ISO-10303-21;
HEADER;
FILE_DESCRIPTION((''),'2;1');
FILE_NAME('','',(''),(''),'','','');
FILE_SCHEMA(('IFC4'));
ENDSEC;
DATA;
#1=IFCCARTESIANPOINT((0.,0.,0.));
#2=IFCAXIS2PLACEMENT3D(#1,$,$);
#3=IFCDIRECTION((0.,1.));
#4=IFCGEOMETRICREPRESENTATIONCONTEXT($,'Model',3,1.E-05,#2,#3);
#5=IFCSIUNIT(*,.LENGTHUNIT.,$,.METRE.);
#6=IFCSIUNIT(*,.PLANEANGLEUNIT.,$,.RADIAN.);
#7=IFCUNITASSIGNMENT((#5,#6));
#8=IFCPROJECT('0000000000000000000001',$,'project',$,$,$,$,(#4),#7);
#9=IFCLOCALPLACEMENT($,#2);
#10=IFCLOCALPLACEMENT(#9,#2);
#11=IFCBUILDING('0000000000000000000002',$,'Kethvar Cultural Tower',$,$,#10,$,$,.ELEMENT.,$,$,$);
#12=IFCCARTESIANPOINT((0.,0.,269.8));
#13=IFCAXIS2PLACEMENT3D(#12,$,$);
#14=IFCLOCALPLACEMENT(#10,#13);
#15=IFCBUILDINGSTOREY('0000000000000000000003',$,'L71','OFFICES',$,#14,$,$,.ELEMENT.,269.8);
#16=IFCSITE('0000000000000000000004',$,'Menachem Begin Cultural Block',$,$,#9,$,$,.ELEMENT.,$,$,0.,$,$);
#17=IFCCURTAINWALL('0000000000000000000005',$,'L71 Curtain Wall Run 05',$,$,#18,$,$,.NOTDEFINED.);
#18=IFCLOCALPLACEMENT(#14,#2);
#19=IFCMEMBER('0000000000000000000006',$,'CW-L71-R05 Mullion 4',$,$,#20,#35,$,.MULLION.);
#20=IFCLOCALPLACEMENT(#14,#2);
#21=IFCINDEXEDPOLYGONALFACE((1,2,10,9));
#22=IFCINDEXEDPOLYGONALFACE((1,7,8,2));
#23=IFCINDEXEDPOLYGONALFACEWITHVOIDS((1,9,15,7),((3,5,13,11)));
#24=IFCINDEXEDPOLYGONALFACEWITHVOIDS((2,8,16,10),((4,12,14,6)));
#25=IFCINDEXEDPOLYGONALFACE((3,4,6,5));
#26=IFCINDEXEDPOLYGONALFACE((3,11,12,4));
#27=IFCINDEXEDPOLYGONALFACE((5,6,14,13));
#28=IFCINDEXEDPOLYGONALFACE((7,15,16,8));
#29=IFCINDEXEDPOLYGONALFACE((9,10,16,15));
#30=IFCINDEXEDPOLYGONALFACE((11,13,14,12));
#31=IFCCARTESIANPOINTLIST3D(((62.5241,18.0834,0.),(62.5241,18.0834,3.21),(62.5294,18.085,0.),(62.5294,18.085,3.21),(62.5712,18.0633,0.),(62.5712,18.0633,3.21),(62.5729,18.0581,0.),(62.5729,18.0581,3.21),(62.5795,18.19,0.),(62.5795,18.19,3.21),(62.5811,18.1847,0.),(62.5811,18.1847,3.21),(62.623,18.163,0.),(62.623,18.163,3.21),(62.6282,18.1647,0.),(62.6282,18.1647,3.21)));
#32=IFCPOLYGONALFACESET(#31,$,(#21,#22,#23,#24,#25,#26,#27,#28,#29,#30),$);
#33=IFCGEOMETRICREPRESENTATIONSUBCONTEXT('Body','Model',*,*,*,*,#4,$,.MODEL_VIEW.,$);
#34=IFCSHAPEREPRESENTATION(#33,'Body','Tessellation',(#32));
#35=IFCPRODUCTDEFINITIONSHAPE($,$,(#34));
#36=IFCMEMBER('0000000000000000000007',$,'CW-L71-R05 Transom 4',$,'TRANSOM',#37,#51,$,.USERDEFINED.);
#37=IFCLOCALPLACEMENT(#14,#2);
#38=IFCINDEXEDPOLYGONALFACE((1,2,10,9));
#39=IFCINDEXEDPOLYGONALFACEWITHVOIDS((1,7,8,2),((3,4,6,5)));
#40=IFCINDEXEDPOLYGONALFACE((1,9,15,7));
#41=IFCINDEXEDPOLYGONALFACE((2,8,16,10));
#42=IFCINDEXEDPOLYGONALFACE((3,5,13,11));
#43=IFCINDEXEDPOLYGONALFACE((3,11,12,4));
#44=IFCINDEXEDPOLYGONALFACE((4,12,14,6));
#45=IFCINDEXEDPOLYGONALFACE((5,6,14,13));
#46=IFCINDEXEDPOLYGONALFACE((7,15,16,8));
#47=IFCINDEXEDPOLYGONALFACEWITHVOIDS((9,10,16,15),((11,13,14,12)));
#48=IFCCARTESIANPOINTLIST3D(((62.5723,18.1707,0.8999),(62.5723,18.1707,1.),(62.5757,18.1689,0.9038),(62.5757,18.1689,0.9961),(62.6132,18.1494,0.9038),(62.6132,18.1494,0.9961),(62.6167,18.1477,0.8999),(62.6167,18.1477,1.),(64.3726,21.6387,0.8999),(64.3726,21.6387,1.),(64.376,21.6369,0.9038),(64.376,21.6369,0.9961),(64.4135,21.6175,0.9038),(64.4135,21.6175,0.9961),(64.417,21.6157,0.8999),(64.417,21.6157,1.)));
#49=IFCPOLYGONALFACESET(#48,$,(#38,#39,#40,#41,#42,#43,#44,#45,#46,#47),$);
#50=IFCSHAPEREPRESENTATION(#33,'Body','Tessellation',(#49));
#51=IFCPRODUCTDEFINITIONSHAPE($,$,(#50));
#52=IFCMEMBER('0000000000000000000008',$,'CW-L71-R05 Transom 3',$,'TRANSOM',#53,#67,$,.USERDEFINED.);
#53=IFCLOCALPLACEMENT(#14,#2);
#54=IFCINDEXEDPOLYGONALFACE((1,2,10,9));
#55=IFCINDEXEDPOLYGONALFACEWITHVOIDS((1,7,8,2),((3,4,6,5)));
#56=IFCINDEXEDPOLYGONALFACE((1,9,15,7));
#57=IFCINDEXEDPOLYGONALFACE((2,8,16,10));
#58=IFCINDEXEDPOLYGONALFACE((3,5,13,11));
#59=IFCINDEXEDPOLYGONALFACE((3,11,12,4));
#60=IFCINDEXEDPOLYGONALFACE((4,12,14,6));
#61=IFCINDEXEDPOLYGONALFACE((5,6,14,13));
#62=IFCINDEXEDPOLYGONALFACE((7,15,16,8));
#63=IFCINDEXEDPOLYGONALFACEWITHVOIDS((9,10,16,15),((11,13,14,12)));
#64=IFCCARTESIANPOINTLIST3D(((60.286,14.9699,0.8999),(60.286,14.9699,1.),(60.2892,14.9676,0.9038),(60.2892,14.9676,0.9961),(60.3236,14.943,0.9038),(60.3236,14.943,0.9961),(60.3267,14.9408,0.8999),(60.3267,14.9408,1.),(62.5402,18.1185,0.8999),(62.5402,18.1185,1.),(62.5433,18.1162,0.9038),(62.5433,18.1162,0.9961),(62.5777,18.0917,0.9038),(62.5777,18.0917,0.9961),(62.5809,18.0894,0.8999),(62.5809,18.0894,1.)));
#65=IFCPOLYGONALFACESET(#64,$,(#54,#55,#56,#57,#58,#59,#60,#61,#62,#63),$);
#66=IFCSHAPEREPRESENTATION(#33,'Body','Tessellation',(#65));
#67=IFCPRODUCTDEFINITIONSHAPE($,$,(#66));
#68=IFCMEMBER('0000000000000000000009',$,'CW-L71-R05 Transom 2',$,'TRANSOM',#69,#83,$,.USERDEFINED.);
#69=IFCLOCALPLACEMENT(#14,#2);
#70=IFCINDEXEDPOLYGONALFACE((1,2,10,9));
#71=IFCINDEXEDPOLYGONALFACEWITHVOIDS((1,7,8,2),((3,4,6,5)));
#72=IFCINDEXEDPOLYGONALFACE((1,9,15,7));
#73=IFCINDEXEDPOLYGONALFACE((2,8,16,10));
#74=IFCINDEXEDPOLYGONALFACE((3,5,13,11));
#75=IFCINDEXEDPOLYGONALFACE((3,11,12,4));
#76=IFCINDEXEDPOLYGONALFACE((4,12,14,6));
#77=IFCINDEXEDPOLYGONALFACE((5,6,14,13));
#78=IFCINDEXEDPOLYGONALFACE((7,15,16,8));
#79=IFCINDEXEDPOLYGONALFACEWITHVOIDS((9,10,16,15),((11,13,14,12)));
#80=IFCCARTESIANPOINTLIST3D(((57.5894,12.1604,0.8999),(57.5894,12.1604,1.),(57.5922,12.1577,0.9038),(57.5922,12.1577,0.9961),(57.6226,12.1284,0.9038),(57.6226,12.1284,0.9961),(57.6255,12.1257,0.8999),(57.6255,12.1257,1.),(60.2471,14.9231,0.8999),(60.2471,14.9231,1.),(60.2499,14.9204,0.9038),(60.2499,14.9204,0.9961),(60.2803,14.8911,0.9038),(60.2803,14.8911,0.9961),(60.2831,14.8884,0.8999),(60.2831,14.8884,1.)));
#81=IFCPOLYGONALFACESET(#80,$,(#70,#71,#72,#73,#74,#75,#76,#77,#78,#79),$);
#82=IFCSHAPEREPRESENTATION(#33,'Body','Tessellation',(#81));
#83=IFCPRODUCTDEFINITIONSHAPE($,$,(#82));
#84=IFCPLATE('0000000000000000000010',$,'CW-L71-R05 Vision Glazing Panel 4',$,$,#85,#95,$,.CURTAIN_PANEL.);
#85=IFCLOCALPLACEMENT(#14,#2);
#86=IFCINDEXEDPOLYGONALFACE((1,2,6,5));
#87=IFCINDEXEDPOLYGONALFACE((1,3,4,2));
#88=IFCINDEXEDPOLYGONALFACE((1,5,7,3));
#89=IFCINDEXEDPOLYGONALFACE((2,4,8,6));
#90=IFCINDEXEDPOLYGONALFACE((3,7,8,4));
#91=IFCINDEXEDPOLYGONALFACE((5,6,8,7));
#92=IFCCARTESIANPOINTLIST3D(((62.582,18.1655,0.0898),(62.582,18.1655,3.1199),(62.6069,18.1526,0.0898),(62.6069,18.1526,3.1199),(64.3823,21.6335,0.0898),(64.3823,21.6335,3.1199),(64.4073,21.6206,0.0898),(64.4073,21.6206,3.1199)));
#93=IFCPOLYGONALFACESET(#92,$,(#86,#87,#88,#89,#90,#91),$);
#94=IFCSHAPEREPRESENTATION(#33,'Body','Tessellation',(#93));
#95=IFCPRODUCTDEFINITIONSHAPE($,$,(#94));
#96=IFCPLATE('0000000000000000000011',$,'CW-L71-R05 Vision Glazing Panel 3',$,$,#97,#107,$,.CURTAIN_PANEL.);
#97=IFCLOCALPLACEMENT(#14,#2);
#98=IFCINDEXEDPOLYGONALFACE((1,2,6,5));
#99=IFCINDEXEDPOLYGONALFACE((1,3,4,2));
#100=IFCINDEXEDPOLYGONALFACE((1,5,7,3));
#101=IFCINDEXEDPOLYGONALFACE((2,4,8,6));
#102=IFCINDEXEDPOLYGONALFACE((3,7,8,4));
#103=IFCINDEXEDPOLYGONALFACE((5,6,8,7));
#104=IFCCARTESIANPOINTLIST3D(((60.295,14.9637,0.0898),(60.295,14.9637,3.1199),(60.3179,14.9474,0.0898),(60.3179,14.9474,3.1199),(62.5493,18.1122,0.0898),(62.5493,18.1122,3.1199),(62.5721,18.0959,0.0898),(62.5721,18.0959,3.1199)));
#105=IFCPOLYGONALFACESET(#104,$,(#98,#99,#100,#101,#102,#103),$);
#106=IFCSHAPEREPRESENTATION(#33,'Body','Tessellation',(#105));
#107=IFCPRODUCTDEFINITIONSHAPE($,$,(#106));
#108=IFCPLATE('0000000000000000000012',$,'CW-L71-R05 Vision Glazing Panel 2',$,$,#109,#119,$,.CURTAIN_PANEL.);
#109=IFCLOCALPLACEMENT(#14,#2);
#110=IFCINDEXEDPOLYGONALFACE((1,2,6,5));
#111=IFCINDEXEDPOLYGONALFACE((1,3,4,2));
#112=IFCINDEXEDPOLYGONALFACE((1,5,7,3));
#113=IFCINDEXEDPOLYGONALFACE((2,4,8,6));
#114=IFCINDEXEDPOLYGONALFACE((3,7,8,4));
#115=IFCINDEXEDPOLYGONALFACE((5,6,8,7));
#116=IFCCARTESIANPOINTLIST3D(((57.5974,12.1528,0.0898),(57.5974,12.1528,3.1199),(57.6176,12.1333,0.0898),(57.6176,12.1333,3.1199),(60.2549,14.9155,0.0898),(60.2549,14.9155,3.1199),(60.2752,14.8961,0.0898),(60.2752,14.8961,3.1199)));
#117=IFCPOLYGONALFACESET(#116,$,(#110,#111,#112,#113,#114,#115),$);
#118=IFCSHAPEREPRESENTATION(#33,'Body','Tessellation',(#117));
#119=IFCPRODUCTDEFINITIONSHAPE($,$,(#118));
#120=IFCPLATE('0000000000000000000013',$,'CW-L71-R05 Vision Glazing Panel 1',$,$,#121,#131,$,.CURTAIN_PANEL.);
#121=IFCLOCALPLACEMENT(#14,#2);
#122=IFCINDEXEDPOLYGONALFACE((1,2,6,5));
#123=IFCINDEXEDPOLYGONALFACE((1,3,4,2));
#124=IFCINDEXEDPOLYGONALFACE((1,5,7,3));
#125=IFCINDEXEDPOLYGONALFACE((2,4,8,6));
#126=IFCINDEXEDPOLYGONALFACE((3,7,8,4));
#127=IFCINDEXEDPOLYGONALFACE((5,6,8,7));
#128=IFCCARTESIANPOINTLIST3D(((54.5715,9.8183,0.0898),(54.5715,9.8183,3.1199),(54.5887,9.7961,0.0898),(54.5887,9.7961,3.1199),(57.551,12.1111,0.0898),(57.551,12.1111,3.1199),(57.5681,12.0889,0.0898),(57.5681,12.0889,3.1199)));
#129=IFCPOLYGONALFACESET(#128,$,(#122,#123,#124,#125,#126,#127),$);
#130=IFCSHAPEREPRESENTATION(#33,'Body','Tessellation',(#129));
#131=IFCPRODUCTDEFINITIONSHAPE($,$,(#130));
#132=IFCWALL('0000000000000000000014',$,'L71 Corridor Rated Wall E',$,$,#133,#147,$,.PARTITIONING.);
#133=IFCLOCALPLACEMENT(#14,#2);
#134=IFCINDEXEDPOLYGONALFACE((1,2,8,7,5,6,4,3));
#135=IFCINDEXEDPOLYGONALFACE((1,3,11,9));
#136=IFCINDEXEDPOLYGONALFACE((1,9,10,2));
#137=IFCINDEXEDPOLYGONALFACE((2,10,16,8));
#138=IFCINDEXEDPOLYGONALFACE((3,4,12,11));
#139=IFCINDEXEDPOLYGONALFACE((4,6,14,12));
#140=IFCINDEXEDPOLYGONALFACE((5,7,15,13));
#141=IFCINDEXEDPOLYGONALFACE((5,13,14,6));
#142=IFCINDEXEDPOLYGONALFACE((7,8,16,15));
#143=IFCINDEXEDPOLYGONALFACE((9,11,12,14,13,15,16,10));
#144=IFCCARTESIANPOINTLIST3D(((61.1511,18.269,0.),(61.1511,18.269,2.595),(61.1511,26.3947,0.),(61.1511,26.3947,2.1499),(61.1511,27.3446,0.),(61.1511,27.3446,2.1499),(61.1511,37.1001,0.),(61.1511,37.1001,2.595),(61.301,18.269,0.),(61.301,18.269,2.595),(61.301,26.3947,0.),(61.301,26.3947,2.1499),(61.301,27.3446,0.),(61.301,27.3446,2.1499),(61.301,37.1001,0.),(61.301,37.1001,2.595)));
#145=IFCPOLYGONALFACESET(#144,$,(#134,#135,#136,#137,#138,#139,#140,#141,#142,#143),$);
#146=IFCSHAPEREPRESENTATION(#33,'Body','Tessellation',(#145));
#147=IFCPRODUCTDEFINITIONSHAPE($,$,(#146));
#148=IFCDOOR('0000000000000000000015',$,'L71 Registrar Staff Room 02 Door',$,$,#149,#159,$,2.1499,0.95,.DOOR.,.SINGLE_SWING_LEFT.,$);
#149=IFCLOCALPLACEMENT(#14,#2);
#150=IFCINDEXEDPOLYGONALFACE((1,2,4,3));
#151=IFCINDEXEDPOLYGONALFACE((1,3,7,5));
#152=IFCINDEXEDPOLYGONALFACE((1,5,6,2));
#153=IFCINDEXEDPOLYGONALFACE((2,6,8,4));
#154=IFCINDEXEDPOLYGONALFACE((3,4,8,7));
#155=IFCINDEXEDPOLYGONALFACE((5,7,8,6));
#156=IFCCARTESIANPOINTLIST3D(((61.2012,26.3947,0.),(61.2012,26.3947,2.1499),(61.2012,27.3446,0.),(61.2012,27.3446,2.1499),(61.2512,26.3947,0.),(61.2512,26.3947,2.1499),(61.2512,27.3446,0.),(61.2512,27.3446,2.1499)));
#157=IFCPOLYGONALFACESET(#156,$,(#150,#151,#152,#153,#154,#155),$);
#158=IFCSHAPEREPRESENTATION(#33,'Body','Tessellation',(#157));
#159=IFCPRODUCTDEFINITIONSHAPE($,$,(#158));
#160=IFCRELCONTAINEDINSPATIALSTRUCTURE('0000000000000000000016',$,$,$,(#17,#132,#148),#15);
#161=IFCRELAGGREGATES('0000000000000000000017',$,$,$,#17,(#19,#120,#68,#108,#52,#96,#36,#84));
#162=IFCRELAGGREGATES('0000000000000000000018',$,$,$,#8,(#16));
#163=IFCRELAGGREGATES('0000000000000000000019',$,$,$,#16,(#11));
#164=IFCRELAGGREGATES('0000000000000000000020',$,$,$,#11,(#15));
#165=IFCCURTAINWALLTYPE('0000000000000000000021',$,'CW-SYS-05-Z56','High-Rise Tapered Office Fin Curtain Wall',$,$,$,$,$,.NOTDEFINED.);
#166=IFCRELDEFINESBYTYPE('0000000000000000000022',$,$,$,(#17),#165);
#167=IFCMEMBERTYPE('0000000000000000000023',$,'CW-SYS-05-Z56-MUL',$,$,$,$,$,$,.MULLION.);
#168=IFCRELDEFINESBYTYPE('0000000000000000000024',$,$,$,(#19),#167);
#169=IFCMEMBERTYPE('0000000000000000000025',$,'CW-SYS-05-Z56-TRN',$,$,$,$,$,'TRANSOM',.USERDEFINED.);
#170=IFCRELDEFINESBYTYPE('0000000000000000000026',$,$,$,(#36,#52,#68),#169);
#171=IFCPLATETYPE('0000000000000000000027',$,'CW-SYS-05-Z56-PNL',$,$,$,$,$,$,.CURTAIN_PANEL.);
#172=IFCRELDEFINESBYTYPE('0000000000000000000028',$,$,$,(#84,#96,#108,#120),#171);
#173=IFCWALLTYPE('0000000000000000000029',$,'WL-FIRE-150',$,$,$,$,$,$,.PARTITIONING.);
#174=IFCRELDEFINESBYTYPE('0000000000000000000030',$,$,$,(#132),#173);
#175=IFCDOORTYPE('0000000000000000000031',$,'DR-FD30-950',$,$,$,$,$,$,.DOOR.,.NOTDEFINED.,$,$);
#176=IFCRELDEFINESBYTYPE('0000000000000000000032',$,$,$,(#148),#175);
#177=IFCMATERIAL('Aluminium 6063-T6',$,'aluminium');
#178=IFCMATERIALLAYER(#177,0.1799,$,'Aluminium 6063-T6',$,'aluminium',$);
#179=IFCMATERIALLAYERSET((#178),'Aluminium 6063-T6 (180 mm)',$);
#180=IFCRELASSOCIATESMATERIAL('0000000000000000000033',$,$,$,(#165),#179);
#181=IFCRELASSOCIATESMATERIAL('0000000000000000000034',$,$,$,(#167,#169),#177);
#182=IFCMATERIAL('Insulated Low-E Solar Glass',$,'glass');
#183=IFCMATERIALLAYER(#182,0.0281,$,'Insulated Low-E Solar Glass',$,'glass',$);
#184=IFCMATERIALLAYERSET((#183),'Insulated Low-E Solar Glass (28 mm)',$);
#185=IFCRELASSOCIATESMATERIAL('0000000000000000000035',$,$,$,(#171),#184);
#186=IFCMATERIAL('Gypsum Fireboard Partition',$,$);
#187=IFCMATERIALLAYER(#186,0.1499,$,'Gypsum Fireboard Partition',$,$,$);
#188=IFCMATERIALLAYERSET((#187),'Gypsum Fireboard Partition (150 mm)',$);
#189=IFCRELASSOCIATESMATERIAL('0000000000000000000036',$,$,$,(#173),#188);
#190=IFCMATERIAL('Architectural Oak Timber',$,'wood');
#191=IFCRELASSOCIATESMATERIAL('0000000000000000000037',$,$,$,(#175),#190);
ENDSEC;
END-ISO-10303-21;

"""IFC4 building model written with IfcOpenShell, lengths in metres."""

from ifc_helpers import new_model, si_unit, direction, frame, frame_2d, origin, origin_2d, place, context, subcontext, project, spatial, rectangle, hollow_rectangle, extrude, source, transform, mapped, material, layer, layer_set, material_profile, profile_set, type_object, element, fill, aggregate, save


model = new_model("IFC4")

# Units and contexts
model_context = context("Model", 3, precision=1e-05, world=origin(), true_north=direction((0.0, 1.0)))
body_context = subcontext(model_context, "Body", "Model", "MODEL_VIEW")
ifc_project = project(units=[si_unit("LENGTHUNIT", "METRE"), si_unit("PLANEANGLEUNIT", "RADIAN")], contexts=[model_context])

# Site, building, storey
site_placement = place(None, origin())
site = spatial("IfcSite", under=ifc_project, at=site_placement, Name="Menachem Begin Cultural Block", CompositionType="ELEMENT", RefElevation=0.0)
building_placement = place(site_placement, origin())
building = spatial("IfcBuilding", under=site, at=building_placement, Name="Kethvar Cultural Tower", CompositionType="ELEMENT")
storey_placement = place(building_placement, frame((0.0, 0.0, 269.8)))
storey = spatial("IfcBuildingStorey", under=building, at=storey_placement, Name="L71", Description="OFFICES", CompositionType="ELEMENT", Elevation=269.8)

# Curtain wall, members, plates
ifc_material_1 = material(Name="Aluminium 6063-T6", Category="aluminium")
ifc_layer_1 = layer(ifc_material_1, 0.1799, Name="Aluminium 6063-T6", Category="aluminium")
ifc_layer_set_1 = layer_set([ifc_layer_1], Name="Aluminium 6063-T6 (180 mm)")
curtain_wall_type = type_object("IfcCurtainWallType", Name="CW-SYS-05-Z56", Description="High-Rise Tapered Office Fin Curtain Wall", PredefinedType="NOTDEFINED", material=ifc_layer_set_1)
curtain_wall_placement = place(storey_placement, origin())
curtain_wall = element("IfcCurtainWall", 1, at=curtain_wall_placement, inside=storey, type_object=curtain_wall_type, Name="L71 Curtain Wall Run 05", PredefinedType="NOTDEFINED")
ifc_material_profile_1 = material_profile(ifc_material_1, hollow_rectangle(XDim=0.0549, YDim=0.1201, WallThickness=0.0039, at=origin_2d()), Name="Aluminium 6063-T6 — RHS120x55x4")
ifc_profile_set_1 = profile_set([ifc_material_profile_1], Name="Aluminium 6063-T6 — RHS120x55x4")
member_type_1 = type_object("IfcMemberType", Name="CW-SYS-05-Z56-MUL", PredefinedType="MULLION", material=ifc_profile_set_1)
shared_shape_1 = source(origin(), body_context, "Body", "SweptSolid", [
    extrude(hollow_rectangle(XDim=0.0549, YDim=0.1201, WallThickness=0.0039, at=origin_2d()), origin(), (0.0, 0.0, 1.0), 3.21),
])
member_1_placement = place(storey_placement, frame((62.5762, 18.124, 0.0), z_axis=(0.0, 0.0, 1.0), x_axis=(-0.887534, 0.460742, 0.0)))
member_1 = element("IfcMember", 2, at=member_1_placement, type_object=member_type_1, Name="CW-L71-R05 Mullion 4", PredefinedType="MULLION", context=body_context, shape_type="MappedRepresentation", body=[
    mapped(shared_shape_1, transform((0.0, 0.0, 0.0), scale=1.0)),
])
ifc_material_profile_2 = material_profile(ifc_material_1, hollow_rectangle(XDim=0.05, YDim=0.1001, WallThickness=0.0039, at=origin_2d()), Name="Aluminium 6063-T6 — RHS100x50x4")
ifc_profile_set_2 = profile_set([ifc_material_profile_2], Name="Aluminium 6063-T6 — RHS100x50x4")
member_type_2 = type_object("IfcMemberType", Name="CW-SYS-05-Z56-TRN", ElementType="TRANSOM", PredefinedType="USERDEFINED", material=ifc_profile_set_2)
shared_shape_2 = source(origin(), body_context, "Body", "SweptSolid", [
    extrude(hollow_rectangle(XDim=0.05, YDim=0.1001, WallThickness=0.0039, at=origin_2d()), origin(), (0.0, 0.0, 1.0), 3.9075),
])
member_2_placement = place(storey_placement, frame((62.5945, 18.1592, 0.95), z_axis=(0.460733, 0.887539, 0.0), x_axis=(-0.887539, 0.460733, 0.0)))
member_2 = element("IfcMember", 3, at=member_2_placement, type_object=member_type_2, Name="CW-L71-R05 Transom 4", ObjectType="TRANSOM", PredefinedType="USERDEFINED", context=body_context, shape_type="MappedRepresentation", body=[
    mapped(shared_shape_2, transform((0.0, 0.0, 0.0), scale=1.0)),
])
shared_shape_3 = source(origin(), body_context, "Body", "SweptSolid", [
    extrude(hollow_rectangle(XDim=0.05, YDim=0.1001, WallThickness=0.0039, at=origin_2d()), origin(), (0.0, 0.0, 1.0), 3.8723),
])
member_3_placement = place(storey_placement, frame((60.3064, 14.9553, 0.95), z_axis=(0.582109, 0.813111, 0.0), x_axis=(-0.813111, 0.582109, 0.0)))
member_3 = element("IfcMember", 4, at=member_3_placement, type_object=member_type_2, Name="CW-L71-R05 Transom 3", ObjectType="TRANSOM", PredefinedType="USERDEFINED", context=body_context, shape_type="MappedRepresentation", body=[
    mapped(shared_shape_3, transform((0.0, 0.0, 0.0), scale=1.0)),
])
shared_shape_4 = source(origin(), body_context, "Body", "SweptSolid", [
    extrude(hollow_rectangle(XDim=0.05, YDim=0.1001, WallThickness=0.0039, at=origin_2d()), origin(), (0.0, 0.0, 1.0), 3.8335),
])
member_4_placement = place(storey_placement, frame((57.6074, 12.1431, 0.95), z_axis=(0.693282, 0.720667, 0.0), x_axis=(-0.720667, 0.693282, 0.0)))
member_4 = element("IfcMember", 5, at=member_4_placement, type_object=member_type_2, Name="CW-L71-R05 Transom 2", ObjectType="TRANSOM", PredefinedType="USERDEFINED", context=body_context, shape_type="MappedRepresentation", body=[
    mapped(shared_shape_4, transform((0.0, 0.0, 0.0), scale=1.0)),
])
ifc_material_2 = material(Name="Insulated Low-E Solar Glass", Category="glass")
ifc_layer_2 = layer(ifc_material_2, 0.0281, Name="Insulated Low-E Solar Glass", Category="glass")
ifc_layer_set_2 = layer_set([ifc_layer_2], Name="Insulated Low-E Solar Glass (28 mm)")
plate_type = type_object("IfcPlateType", Name="CW-SYS-05-Z56-PNL", PredefinedType="CURTAIN_PANEL", material=ifc_layer_set_2)
shared_shape_5 = source(origin(), body_context, "Body", "SweptSolid", [
    extrude(rectangle(XDim=3.9075, YDim=0.0281, at=origin_2d()), origin(), (0.0, 0.0, 1.0), 3.03),
])
plate_1_placement = place(storey_placement, frame((63.4946, 19.8931, 0.0898), z_axis=(0.0, 0.0, 1.0), x_axis=(0.460742, 0.887534, 0.0)))
plate_1 = element("IfcPlate", 6, at=plate_1_placement, type_object=plate_type, Name="CW-L71-R05 Vision Glazing Panel 4", PredefinedType="CURTAIN_PANEL", context=body_context, shape_type="MappedRepresentation", body=[
    mapped(shared_shape_5, transform((0.0, 0.0, 0.0), scale=1.0)),
])
shared_shape_6 = source(origin(), body_context, "Body", "SweptSolid", [
    extrude(rectangle(XDim=3.8723, YDim=0.0281, at=origin_2d()), origin(), (0.0, 0.0, 1.0), 3.03),
])
plate_2_placement = place(storey_placement, frame((61.4336, 16.5298, 0.0898), z_axis=(0.0, 0.0, 1.0), x_axis=(0.582151, 0.81308, 0.0)))
plate_2 = element("IfcPlate", 7, at=plate_2_placement, type_object=plate_type, Name="CW-L71-R05 Vision Glazing Panel 3", PredefinedType="CURTAIN_PANEL", context=body_context, shape_type="MappedRepresentation", body=[
    mapped(shared_shape_6, transform((0.0, 0.0, 0.0), scale=1.0)),
])
shared_shape_7 = source(origin(), body_context, "Body", "SweptSolid", [
    extrude(rectangle(XDim=3.8335, YDim=0.0281, at=origin_2d()), origin(), (0.0, 0.0, 1.0), 3.03),
])
plate_3_placement = place(storey_placement, frame((58.9363, 13.5244, 0.0898), z_axis=(0.0, 0.0, 1.0), x_axis=(0.693251, 0.720696, 0.0)))
plate_3 = element("IfcPlate", 8, at=plate_3_placement, type_object=plate_type, Name="CW-L71-R05 Vision Glazing Panel 2", PredefinedType="CURTAIN_PANEL", context=body_context, shape_type="MappedRepresentation", body=[
    mapped(shared_shape_7, transform((0.0, 0.0, 0.0), scale=1.0)),
])
shared_shape_8 = source(origin(), body_context, "Body", "SweptSolid", [
    extrude(rectangle(XDim=3.7595, YDim=0.0281, at=origin_2d()), origin(), (0.0, 0.0, 1.0), 3.03),
])
plate_4_placement = place(storey_placement, frame((56.0698, 10.9536, 0.0898), z_axis=(0.0, 0.0, 1.0), x_axis=(0.792503, 0.609869, 0.0)))
plate_4 = element("IfcPlate", 9, at=plate_4_placement, type_object=plate_type, Name="CW-L71-R05 Vision Glazing Panel 1", PredefinedType="CURTAIN_PANEL", context=body_context, shape_type="MappedRepresentation", body=[
    mapped(shared_shape_8, transform((0.0, 0.0, 0.0), scale=1.0)),
])
aggregate(curtain_wall, [member_1, plate_4, member_4, plate_3, member_3, plate_2, member_2, plate_1])

# Wall, opening, door
ifc_material_3 = material(Name="Gypsum Fireboard Partition")
ifc_layer_3 = layer(ifc_material_3, 0.1499, Name="Gypsum Fireboard Partition")
ifc_layer_set_3 = layer_set([ifc_layer_3], Name="Gypsum Fireboard Partition (150 mm)")
wall_type_1 = type_object("IfcWallType", Name="WL-FIRE-150", PredefinedType="PARTITIONING", material=ifc_layer_set_3)
wall_1_placement = place(storey_placement, frame((61.2261, 18.269, 0.0), z_axis=(0.0, 0.0, 1.0), x_axis=(0.0, 1.0, 0.0)))
wall_1 = element("IfcWall", 10, at=wall_1_placement, inside=storey, type_object=wall_type_1, Name="L71 Corridor Rated Wall E", PredefinedType="PARTITIONING", context=body_context, shape_type="SweptSolid", body=[
    extrude(rectangle(XDim=18.8311, YDim=0.1499, at=frame_2d((9.4155, 0.0))), origin(), (0.0, 0.0, 1.0), 2.595),
])
opening_placement = place(wall_1_placement, frame((8.1255, 0.0, 0.0)))
opening = element("IfcOpeningElement", 11, at=opening_placement, cuts=wall_1, PredefinedType="OPENING", context=body_context, shape_type="SweptSolid", body=[
    extrude(rectangle(XDim=0.95, YDim=2.1499, at=frame_2d((0.4751, 1.075))), frame((0.0, 0.085, 0.0), z_axis=(0.0, -1.0, 0.0), x_axis=(1.0, 0.0, 0.0)), (0.0, 0.0, 1.0), 0.1699),
])
ifc_material_4 = material(Name="Architectural Oak Timber", Category="wood")
door_type = type_object("IfcDoorType", Name="DR-FD30-950", OperationType="NOTDEFINED", PredefinedType="DOOR", material=ifc_material_4)
shared_shape_9 = source(origin(), body_context, "Body", "SweptSolid", [
    extrude(rectangle(XDim=0.95, YDim=2.1499, at=frame_2d((0.4751, 1.075))), frame((0.0, 0.0249, 0.0), z_axis=(0.0, -1.0, 0.0), x_axis=(1.0, 0.0, 0.0)), (0.0, 0.0, 1.0), 0.05),
])
door_placement = place(opening_placement, origin())
door = element("IfcDoor", 12, at=door_placement, inside=storey, type_object=door_type, Name="L71 Registrar Staff Room 02 Door", OperationType="SINGLE_SWING_LEFT", OverallHeight=2.1499, OverallWidth=0.95, PredefinedType="DOOR", context=body_context, shape_type="MappedRepresentation", body=[
    mapped(shared_shape_9, transform((0.0, 0.0, 0.0), scale=1.0)),
])
fill(opening, door)

save(model, "model.ifc")
